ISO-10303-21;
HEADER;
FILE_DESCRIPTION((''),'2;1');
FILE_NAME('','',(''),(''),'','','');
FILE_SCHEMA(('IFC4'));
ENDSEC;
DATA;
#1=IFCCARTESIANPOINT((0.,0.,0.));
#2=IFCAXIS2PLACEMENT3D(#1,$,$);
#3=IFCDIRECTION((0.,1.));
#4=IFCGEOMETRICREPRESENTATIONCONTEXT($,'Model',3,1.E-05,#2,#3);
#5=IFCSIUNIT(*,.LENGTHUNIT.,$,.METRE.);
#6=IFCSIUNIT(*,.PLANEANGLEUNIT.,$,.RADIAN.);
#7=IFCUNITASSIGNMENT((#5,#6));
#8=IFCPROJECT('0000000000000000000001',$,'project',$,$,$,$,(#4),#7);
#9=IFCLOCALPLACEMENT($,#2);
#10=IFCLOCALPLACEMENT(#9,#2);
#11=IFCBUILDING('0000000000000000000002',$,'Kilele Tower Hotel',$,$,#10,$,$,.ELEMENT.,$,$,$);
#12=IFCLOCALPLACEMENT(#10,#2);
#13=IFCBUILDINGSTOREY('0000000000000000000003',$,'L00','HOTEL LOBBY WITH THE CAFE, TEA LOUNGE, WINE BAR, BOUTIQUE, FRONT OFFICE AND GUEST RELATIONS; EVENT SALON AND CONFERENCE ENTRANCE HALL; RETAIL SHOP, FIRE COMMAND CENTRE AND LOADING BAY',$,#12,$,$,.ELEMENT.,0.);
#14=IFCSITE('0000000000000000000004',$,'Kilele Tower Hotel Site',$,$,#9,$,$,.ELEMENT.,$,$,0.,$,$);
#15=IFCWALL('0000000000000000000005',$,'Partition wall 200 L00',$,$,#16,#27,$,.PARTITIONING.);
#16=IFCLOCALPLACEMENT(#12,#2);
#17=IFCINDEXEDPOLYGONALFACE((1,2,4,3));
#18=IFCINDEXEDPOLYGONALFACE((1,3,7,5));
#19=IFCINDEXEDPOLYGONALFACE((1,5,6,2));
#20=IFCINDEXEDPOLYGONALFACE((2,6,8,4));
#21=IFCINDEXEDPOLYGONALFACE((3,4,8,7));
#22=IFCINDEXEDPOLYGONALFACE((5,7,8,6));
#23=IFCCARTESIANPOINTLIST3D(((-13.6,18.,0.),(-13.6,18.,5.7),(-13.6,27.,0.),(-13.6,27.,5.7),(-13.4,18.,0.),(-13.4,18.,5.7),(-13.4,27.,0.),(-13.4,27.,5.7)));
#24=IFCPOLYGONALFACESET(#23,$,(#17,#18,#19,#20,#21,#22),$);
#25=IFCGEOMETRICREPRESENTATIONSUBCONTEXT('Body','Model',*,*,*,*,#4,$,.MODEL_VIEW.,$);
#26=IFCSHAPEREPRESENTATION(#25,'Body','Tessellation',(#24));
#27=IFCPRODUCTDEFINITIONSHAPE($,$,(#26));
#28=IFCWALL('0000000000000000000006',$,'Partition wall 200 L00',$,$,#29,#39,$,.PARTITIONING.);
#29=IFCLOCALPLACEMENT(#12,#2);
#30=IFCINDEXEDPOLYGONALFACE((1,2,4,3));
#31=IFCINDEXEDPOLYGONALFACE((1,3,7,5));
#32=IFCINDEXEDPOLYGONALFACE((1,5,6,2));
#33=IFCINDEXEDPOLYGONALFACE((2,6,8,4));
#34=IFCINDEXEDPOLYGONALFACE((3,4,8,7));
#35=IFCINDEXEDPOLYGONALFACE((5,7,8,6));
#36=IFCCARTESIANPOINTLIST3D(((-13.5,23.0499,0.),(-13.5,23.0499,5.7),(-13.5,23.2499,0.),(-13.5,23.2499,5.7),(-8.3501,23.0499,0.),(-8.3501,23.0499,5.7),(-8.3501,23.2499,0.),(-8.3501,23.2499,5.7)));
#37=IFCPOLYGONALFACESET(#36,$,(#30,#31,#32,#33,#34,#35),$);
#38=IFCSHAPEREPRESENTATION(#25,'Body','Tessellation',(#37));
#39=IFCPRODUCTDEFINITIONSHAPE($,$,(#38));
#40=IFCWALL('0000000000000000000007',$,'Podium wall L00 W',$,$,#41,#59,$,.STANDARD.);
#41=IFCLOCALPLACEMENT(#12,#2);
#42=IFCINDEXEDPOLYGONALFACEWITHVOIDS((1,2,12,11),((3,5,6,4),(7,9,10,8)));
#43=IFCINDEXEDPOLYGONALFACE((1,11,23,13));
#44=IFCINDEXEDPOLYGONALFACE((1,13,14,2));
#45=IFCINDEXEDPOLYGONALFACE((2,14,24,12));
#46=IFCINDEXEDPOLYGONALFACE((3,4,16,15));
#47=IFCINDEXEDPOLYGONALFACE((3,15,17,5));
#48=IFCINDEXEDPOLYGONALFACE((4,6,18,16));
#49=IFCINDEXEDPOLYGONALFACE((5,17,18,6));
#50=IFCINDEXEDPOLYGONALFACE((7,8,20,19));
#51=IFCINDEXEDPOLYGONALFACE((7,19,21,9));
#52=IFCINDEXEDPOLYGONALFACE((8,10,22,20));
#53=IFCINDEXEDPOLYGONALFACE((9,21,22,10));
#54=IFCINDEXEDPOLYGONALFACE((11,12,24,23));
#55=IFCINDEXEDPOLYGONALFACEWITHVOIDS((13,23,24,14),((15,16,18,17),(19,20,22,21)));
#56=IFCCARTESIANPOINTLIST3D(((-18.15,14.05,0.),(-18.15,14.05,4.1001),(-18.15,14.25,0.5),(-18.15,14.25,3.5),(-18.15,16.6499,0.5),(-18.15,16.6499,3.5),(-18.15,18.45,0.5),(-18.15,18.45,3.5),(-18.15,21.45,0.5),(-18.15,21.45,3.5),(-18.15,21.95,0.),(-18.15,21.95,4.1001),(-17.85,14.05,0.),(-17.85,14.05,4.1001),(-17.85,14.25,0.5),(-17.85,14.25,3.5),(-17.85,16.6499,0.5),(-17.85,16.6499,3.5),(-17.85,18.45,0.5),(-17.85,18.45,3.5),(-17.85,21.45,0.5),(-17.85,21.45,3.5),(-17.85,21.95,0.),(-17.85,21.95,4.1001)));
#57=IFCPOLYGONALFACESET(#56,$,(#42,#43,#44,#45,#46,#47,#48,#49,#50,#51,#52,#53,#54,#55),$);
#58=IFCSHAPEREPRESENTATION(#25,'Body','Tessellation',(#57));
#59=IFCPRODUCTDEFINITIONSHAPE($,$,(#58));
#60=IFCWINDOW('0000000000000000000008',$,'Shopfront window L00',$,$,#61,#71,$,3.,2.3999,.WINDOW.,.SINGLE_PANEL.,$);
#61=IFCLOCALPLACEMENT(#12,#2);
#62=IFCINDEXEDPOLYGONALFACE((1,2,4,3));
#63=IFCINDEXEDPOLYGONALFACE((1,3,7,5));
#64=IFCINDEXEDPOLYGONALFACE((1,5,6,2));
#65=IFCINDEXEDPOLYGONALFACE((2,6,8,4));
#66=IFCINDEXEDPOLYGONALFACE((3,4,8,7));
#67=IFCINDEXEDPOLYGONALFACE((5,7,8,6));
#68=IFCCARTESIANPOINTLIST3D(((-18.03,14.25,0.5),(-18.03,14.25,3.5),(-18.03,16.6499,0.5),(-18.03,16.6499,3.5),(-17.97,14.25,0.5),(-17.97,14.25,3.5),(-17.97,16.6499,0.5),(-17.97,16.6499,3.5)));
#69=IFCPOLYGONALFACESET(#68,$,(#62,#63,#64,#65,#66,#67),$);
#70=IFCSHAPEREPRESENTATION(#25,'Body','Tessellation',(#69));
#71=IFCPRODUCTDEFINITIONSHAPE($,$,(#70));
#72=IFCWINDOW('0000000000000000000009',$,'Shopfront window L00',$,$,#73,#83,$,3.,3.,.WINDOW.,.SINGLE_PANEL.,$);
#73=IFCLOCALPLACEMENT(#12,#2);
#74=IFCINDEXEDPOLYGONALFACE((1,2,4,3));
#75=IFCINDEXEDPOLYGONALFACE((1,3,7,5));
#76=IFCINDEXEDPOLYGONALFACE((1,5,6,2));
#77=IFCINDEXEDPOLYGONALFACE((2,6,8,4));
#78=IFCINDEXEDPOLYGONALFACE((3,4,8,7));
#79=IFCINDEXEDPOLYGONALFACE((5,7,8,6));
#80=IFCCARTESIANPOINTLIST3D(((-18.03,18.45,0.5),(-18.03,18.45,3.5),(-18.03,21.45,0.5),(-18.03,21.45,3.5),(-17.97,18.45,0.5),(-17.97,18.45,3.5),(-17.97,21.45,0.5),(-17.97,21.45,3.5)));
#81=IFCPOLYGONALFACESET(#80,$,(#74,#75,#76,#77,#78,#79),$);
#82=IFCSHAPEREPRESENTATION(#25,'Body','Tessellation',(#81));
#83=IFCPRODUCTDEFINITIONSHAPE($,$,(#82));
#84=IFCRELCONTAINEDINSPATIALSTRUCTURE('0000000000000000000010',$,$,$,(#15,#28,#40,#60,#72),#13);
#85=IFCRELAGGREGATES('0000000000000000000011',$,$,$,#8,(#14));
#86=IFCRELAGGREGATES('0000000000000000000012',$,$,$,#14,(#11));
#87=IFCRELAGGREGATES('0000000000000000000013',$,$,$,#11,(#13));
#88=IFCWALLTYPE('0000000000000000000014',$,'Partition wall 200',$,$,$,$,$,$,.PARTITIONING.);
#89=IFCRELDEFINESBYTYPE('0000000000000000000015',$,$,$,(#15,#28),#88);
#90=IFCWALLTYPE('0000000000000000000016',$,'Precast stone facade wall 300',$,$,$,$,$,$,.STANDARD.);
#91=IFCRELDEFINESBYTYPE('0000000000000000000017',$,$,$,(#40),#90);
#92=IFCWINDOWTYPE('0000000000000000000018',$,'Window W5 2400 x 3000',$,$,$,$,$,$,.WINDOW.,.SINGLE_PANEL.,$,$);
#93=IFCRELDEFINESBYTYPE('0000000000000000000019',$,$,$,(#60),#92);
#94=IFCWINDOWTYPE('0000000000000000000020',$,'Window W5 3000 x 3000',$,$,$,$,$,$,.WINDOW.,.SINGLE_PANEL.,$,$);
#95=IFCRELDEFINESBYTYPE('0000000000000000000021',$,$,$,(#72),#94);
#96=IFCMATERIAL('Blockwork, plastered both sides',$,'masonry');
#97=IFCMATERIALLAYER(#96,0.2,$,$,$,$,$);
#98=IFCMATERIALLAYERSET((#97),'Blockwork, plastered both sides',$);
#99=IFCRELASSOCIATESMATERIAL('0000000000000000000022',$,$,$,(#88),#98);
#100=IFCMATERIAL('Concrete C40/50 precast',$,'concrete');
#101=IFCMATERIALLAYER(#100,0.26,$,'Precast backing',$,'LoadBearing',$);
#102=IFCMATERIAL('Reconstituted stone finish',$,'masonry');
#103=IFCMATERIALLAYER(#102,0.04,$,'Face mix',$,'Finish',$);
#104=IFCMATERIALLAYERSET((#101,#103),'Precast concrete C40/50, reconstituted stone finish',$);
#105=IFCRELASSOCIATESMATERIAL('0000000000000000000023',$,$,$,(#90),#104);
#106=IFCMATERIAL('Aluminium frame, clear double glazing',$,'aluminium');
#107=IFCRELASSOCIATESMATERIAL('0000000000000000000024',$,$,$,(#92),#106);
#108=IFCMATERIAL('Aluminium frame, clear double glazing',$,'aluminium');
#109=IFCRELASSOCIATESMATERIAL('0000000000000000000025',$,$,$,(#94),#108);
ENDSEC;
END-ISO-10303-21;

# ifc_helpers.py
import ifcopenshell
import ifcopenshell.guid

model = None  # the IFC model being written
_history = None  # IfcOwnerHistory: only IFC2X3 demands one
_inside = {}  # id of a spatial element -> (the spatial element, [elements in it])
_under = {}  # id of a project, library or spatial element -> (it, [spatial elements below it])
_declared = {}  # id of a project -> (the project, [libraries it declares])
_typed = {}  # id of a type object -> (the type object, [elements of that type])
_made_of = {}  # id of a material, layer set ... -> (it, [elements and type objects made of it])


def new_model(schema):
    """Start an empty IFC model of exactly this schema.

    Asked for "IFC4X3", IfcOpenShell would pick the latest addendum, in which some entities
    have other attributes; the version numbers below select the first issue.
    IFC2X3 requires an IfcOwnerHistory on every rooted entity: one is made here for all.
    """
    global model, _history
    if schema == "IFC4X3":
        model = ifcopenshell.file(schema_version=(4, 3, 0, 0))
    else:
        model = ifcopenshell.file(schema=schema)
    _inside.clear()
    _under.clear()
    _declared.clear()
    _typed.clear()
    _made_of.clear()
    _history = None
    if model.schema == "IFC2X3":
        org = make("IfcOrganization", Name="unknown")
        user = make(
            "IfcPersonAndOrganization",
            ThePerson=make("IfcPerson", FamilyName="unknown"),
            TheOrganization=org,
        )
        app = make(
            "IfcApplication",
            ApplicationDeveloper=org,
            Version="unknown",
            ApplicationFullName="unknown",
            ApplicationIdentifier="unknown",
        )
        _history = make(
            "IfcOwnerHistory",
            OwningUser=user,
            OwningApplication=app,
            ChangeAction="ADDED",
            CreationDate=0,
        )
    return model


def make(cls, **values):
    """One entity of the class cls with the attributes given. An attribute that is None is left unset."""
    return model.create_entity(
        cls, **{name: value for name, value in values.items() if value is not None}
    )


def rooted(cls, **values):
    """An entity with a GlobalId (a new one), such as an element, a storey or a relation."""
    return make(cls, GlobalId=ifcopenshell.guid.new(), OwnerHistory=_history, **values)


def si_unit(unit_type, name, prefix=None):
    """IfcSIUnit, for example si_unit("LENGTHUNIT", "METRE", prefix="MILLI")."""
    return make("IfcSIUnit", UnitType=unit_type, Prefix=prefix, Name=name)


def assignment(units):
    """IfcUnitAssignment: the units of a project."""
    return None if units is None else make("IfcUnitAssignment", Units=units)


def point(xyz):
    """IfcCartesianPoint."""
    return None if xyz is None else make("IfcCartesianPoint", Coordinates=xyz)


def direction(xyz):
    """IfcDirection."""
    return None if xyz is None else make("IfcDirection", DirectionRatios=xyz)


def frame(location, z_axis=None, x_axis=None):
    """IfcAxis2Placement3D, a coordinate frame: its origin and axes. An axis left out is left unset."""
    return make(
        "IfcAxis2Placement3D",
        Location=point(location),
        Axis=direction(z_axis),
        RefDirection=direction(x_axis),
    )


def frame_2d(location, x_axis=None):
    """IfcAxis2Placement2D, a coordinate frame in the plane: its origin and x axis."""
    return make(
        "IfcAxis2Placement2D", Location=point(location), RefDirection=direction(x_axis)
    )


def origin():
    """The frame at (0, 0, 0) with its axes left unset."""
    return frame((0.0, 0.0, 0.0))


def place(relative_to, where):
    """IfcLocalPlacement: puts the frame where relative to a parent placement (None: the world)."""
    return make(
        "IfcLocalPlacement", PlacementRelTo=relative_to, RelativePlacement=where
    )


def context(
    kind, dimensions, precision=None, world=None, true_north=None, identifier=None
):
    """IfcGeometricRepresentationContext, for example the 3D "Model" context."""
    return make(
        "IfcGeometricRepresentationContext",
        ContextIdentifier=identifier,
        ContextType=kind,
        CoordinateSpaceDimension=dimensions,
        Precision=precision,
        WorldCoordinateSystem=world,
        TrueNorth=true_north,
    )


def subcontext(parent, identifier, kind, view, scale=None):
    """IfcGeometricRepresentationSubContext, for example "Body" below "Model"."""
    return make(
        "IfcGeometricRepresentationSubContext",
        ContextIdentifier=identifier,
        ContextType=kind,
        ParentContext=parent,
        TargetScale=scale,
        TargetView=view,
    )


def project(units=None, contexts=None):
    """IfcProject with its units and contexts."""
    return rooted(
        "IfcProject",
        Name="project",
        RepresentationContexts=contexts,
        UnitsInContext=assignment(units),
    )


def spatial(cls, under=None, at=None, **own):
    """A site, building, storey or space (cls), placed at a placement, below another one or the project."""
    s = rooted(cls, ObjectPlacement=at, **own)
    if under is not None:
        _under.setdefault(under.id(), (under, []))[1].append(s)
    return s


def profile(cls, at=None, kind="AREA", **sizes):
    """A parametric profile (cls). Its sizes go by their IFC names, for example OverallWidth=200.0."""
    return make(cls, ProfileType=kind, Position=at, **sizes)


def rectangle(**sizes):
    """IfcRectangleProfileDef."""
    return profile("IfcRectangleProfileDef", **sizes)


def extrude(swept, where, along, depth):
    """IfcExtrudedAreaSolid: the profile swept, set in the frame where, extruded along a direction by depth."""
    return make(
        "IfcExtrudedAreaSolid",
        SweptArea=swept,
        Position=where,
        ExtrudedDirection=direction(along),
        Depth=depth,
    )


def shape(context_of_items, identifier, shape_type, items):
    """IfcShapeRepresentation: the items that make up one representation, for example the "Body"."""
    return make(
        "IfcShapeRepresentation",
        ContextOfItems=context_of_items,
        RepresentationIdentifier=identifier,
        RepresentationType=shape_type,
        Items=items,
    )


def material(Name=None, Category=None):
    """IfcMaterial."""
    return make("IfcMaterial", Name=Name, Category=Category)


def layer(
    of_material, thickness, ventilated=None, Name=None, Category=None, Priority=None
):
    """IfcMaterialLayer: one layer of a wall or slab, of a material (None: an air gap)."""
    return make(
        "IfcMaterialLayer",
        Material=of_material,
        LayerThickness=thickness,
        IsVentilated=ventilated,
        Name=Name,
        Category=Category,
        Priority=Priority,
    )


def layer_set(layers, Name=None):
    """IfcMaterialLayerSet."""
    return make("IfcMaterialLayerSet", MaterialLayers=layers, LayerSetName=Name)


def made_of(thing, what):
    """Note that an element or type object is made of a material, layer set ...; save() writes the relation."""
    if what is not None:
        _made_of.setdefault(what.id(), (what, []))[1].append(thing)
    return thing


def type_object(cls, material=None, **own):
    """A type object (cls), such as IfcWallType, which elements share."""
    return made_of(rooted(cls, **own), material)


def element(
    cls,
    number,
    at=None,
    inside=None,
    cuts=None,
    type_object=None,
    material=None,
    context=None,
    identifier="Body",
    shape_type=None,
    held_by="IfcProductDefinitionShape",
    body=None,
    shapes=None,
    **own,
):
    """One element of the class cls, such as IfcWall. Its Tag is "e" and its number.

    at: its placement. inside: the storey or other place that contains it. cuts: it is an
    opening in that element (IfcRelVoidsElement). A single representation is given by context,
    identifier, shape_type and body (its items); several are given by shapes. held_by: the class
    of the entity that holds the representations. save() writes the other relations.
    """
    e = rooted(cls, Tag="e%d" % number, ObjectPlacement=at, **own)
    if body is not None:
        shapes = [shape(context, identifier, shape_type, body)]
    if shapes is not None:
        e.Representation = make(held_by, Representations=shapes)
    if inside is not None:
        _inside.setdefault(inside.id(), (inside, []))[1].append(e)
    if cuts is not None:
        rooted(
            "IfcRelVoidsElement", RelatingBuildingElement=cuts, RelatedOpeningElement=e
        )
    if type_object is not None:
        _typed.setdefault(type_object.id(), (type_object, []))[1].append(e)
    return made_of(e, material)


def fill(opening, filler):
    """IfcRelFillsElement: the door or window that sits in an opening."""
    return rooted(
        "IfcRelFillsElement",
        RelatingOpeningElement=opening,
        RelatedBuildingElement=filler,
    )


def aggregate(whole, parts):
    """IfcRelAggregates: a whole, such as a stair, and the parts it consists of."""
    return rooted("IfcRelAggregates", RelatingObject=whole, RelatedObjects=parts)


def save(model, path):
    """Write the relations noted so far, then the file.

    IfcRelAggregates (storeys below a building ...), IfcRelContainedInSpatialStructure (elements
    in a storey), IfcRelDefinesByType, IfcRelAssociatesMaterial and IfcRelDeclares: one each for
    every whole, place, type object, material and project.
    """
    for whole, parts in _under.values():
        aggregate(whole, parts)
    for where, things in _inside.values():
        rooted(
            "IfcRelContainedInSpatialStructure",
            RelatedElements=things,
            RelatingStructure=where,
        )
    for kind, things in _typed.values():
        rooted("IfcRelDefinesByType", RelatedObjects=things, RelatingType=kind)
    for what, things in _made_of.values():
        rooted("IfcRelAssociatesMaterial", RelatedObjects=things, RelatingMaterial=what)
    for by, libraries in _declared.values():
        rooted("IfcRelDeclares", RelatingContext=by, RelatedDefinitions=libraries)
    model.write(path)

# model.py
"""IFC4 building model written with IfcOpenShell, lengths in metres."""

from ifc_helpers import new_model, si_unit, direction, frame, frame_2d, origin, place, context, subcontext, project, spatial, rectangle, extrude, material, layer, layer_set, type_object, element, fill, save


model = new_model("IFC4")

# Units and contexts
model_context = context("Model", 3, precision=1e-05, world=origin(), true_north=direction((0.0, 1.0)))
body_context = subcontext(model_context, "Body", "Model", "MODEL_VIEW")
ifc_project = project(units=[si_unit("LENGTHUNIT", "METRE"), si_unit("PLANEANGLEUNIT", "RADIAN")], contexts=[model_context])

# Site, building, storey
site_placement = place(None, origin())
site = spatial("IfcSite", under=ifc_project, at=site_placement, Name="Kilele Tower Hotel Site", CompositionType="ELEMENT", RefElevation=0.0)
building_placement = place(site_placement, origin())
building = spatial("IfcBuilding", under=site, at=building_placement, Name="Kilele Tower Hotel", CompositionType="ELEMENT")
storey_placement = place(building_placement, origin())
storey = spatial("IfcBuildingStorey", under=building, at=storey_placement, Name="L00", Description="HOTEL LOBBY WITH THE CAFE, TEA LOUNGE, WINE BAR, BOUTIQUE, FRONT OFFICE AND GUEST RELATIONS; EVENT SALON AND CONFERENCE ENTRANCE HALL; RETAIL SHOP, FIRE COMMAND CENTRE AND LOADING BAY", CompositionType="ELEMENT", Elevation=0.0)

# Shared definitions
ifc_material_1 = material(Name="Blockwork, plastered both sides", Category="masonry")
ifc_layer_1 = layer(ifc_material_1, 0.2)
ifc_layer_set_1 = layer_set([ifc_layer_1], Name="Blockwork, plastered both sides")
wall_type_1 = type_object("IfcWallType", Name="Partition wall 200", PredefinedType="PARTITIONING", material=ifc_layer_set_1)

# Walls
wall_1_placement = place(storey_placement, frame((-13.5, 18.0, 0.0), z_axis=(0.0, 0.0, 1.0), x_axis=(0.0, 1.0, 0.0)))
element("IfcWall", 1, at=wall_1_placement, inside=storey, type_object=wall_type_1, Name="Partition wall 200 L00", PredefinedType="PARTITIONING", context=body_context, shape_type="SweptSolid", body=[
    extrude(rectangle(XDim=9.0, YDim=0.2, at=frame_2d((4.5, 0.0))), origin(), (0.0, 0.0, 1.0), 5.7),
])
wall_2_placement = place(storey_placement, frame((-13.5, 23.1499, 0.0), z_axis=(0.0, 0.0, 1.0), x_axis=(1.0, 0.0, 0.0)))
element("IfcWall", 2, at=wall_2_placement, inside=storey, type_object=wall_type_1, Name="Partition wall 200 L00", PredefinedType="PARTITIONING", context=body_context, shape_type="SweptSolid", body=[
    extrude(rectangle(XDim=5.1499, YDim=0.2, at=frame_2d((2.575, 0.0))), origin(), (0.0, 0.0, 1.0), 5.7),
])

# Wall, openings, windows
ifc_material_2 = material(Name="Concrete C40/50 precast", Category="concrete")
ifc_layer_2 = layer(ifc_material_2, 0.26, Name="Precast backing", Category="LoadBearing")
ifc_material_3 = material(Name="Reconstituted stone finish", Category="masonry")
ifc_layer_3 = layer(ifc_material_3, 0.04, Name="Face mix", Category="Finish")
ifc_layer_set_2 = layer_set([ifc_layer_2, ifc_layer_3], Name="Precast concrete C40/50, reconstituted stone finish")
wall_type_2 = type_object("IfcWallType", Name="Precast stone facade wall 300", PredefinedType="STANDARD", material=ifc_layer_set_2)
wall_3_placement = place(storey_placement, frame((-18.0, 21.95, 0.0), z_axis=(0.0, 0.0, 1.0), x_axis=(0.0, -1.0, 0.0)))
wall_3 = element("IfcWall", 3, at=wall_3_placement, inside=storey, type_object=wall_type_2, Name="Podium wall L00 W", PredefinedType="STANDARD", context=body_context, shape_type="SweptSolid", body=[
    extrude(rectangle(XDim=7.8999, YDim=0.3, at=frame_2d((3.95, 0.0))), origin(), (0.0, 0.0, 1.0), 4.1001),
])
opening_1_placement = place(wall_3_placement, frame((0.5, 0.0, 0.5)))
opening_1 = element("IfcOpeningElement", 4, at=opening_1_placement, cuts=wall_3, PredefinedType="OPENING", context=body_context, shape_type="SweptSolid", body=[
    extrude(rectangle(XDim=3.0, YDim=3.0, at=frame_2d((1.5, 1.5))), frame((0.0, 0.1599, 0.0), z_axis=(0.0, -1.0, 0.0), x_axis=(1.0, 0.0, 0.0)), (0.0, 0.0, 1.0), 0.3201),
])
opening_2_placement = place(wall_3_placement, frame((5.3, 0.0, 0.5)))
opening_2 = element("IfcOpeningElement", 5, at=opening_2_placement, cuts=wall_3, PredefinedType="OPENING", context=body_context, shape_type="SweptSolid", body=[
    extrude(rectangle(XDim=2.3999, YDim=3.0, at=frame_2d((1.2, 1.5))), frame((0.0, 0.1599, 0.0), z_axis=(0.0, -1.0, 0.0), x_axis=(1.0, 0.0, 0.0)), (0.0, 0.0, 1.0), 0.3201),
])
ifc_material_4 = material(Name="Aluminium frame, clear double glazing", Category="aluminium")
window_type_1 = type_object("IfcWindowType", Name="Window W5 2400 x 3000", PartitioningType="SINGLE_PANEL", PredefinedType="WINDOW", material=ifc_material_4)
window_1_placement = place(opening_2_placement, origin())
window_1 = element("IfcWindow", 6, at=window_1_placement, inside=storey, type_object=window_type_1, Name="Shopfront window L00", OverallHeight=3.0, OverallWidth=2.3999, PartitioningType="SINGLE_PANEL", PredefinedType="WINDOW", context=body_context, shape_type="SweptSolid", body=[
    extrude(rectangle(XDim=2.3999, YDim=3.0, at=frame_2d((1.2, 1.5))), frame((0.0, 0.03, 0.0), z_axis=(0.0, -1.0, 0.0), x_axis=(1.0, 0.0, 0.0)), (0.0, 0.0, 1.0), 0.0601),
])
fill(opening_2, window_1)
ifc_material_5 = material(Name="Aluminium frame, clear double glazing", Category="aluminium")
window_type_2 = type_object("IfcWindowType", Name="Window W5 3000 x 3000", PartitioningType="SINGLE_PANEL", PredefinedType="WINDOW", material=ifc_material_5)
window_2_placement = place(opening_1_placement, origin())
window_2 = element("IfcWindow", 7, at=window_2_placement, inside=storey, type_object=window_type_2, Name="Shopfront window L00", OverallHeight=3.0, OverallWidth=3.0, PartitioningType="SINGLE_PANEL", PredefinedType="WINDOW", context=body_context, shape_type="SweptSolid", body=[
    extrude(rectangle(XDim=3.0, YDim=3.0, at=frame_2d((1.5, 1.5))), frame((0.0, 0.03, 0.0), z_axis=(0.0, -1.0, 0.0), x_axis=(1.0, 0.0, 0.0)), (0.0, 0.0, 1.0), 0.0601),
])
fill(opening_1, window_2)

save(model, "model.ifc")
